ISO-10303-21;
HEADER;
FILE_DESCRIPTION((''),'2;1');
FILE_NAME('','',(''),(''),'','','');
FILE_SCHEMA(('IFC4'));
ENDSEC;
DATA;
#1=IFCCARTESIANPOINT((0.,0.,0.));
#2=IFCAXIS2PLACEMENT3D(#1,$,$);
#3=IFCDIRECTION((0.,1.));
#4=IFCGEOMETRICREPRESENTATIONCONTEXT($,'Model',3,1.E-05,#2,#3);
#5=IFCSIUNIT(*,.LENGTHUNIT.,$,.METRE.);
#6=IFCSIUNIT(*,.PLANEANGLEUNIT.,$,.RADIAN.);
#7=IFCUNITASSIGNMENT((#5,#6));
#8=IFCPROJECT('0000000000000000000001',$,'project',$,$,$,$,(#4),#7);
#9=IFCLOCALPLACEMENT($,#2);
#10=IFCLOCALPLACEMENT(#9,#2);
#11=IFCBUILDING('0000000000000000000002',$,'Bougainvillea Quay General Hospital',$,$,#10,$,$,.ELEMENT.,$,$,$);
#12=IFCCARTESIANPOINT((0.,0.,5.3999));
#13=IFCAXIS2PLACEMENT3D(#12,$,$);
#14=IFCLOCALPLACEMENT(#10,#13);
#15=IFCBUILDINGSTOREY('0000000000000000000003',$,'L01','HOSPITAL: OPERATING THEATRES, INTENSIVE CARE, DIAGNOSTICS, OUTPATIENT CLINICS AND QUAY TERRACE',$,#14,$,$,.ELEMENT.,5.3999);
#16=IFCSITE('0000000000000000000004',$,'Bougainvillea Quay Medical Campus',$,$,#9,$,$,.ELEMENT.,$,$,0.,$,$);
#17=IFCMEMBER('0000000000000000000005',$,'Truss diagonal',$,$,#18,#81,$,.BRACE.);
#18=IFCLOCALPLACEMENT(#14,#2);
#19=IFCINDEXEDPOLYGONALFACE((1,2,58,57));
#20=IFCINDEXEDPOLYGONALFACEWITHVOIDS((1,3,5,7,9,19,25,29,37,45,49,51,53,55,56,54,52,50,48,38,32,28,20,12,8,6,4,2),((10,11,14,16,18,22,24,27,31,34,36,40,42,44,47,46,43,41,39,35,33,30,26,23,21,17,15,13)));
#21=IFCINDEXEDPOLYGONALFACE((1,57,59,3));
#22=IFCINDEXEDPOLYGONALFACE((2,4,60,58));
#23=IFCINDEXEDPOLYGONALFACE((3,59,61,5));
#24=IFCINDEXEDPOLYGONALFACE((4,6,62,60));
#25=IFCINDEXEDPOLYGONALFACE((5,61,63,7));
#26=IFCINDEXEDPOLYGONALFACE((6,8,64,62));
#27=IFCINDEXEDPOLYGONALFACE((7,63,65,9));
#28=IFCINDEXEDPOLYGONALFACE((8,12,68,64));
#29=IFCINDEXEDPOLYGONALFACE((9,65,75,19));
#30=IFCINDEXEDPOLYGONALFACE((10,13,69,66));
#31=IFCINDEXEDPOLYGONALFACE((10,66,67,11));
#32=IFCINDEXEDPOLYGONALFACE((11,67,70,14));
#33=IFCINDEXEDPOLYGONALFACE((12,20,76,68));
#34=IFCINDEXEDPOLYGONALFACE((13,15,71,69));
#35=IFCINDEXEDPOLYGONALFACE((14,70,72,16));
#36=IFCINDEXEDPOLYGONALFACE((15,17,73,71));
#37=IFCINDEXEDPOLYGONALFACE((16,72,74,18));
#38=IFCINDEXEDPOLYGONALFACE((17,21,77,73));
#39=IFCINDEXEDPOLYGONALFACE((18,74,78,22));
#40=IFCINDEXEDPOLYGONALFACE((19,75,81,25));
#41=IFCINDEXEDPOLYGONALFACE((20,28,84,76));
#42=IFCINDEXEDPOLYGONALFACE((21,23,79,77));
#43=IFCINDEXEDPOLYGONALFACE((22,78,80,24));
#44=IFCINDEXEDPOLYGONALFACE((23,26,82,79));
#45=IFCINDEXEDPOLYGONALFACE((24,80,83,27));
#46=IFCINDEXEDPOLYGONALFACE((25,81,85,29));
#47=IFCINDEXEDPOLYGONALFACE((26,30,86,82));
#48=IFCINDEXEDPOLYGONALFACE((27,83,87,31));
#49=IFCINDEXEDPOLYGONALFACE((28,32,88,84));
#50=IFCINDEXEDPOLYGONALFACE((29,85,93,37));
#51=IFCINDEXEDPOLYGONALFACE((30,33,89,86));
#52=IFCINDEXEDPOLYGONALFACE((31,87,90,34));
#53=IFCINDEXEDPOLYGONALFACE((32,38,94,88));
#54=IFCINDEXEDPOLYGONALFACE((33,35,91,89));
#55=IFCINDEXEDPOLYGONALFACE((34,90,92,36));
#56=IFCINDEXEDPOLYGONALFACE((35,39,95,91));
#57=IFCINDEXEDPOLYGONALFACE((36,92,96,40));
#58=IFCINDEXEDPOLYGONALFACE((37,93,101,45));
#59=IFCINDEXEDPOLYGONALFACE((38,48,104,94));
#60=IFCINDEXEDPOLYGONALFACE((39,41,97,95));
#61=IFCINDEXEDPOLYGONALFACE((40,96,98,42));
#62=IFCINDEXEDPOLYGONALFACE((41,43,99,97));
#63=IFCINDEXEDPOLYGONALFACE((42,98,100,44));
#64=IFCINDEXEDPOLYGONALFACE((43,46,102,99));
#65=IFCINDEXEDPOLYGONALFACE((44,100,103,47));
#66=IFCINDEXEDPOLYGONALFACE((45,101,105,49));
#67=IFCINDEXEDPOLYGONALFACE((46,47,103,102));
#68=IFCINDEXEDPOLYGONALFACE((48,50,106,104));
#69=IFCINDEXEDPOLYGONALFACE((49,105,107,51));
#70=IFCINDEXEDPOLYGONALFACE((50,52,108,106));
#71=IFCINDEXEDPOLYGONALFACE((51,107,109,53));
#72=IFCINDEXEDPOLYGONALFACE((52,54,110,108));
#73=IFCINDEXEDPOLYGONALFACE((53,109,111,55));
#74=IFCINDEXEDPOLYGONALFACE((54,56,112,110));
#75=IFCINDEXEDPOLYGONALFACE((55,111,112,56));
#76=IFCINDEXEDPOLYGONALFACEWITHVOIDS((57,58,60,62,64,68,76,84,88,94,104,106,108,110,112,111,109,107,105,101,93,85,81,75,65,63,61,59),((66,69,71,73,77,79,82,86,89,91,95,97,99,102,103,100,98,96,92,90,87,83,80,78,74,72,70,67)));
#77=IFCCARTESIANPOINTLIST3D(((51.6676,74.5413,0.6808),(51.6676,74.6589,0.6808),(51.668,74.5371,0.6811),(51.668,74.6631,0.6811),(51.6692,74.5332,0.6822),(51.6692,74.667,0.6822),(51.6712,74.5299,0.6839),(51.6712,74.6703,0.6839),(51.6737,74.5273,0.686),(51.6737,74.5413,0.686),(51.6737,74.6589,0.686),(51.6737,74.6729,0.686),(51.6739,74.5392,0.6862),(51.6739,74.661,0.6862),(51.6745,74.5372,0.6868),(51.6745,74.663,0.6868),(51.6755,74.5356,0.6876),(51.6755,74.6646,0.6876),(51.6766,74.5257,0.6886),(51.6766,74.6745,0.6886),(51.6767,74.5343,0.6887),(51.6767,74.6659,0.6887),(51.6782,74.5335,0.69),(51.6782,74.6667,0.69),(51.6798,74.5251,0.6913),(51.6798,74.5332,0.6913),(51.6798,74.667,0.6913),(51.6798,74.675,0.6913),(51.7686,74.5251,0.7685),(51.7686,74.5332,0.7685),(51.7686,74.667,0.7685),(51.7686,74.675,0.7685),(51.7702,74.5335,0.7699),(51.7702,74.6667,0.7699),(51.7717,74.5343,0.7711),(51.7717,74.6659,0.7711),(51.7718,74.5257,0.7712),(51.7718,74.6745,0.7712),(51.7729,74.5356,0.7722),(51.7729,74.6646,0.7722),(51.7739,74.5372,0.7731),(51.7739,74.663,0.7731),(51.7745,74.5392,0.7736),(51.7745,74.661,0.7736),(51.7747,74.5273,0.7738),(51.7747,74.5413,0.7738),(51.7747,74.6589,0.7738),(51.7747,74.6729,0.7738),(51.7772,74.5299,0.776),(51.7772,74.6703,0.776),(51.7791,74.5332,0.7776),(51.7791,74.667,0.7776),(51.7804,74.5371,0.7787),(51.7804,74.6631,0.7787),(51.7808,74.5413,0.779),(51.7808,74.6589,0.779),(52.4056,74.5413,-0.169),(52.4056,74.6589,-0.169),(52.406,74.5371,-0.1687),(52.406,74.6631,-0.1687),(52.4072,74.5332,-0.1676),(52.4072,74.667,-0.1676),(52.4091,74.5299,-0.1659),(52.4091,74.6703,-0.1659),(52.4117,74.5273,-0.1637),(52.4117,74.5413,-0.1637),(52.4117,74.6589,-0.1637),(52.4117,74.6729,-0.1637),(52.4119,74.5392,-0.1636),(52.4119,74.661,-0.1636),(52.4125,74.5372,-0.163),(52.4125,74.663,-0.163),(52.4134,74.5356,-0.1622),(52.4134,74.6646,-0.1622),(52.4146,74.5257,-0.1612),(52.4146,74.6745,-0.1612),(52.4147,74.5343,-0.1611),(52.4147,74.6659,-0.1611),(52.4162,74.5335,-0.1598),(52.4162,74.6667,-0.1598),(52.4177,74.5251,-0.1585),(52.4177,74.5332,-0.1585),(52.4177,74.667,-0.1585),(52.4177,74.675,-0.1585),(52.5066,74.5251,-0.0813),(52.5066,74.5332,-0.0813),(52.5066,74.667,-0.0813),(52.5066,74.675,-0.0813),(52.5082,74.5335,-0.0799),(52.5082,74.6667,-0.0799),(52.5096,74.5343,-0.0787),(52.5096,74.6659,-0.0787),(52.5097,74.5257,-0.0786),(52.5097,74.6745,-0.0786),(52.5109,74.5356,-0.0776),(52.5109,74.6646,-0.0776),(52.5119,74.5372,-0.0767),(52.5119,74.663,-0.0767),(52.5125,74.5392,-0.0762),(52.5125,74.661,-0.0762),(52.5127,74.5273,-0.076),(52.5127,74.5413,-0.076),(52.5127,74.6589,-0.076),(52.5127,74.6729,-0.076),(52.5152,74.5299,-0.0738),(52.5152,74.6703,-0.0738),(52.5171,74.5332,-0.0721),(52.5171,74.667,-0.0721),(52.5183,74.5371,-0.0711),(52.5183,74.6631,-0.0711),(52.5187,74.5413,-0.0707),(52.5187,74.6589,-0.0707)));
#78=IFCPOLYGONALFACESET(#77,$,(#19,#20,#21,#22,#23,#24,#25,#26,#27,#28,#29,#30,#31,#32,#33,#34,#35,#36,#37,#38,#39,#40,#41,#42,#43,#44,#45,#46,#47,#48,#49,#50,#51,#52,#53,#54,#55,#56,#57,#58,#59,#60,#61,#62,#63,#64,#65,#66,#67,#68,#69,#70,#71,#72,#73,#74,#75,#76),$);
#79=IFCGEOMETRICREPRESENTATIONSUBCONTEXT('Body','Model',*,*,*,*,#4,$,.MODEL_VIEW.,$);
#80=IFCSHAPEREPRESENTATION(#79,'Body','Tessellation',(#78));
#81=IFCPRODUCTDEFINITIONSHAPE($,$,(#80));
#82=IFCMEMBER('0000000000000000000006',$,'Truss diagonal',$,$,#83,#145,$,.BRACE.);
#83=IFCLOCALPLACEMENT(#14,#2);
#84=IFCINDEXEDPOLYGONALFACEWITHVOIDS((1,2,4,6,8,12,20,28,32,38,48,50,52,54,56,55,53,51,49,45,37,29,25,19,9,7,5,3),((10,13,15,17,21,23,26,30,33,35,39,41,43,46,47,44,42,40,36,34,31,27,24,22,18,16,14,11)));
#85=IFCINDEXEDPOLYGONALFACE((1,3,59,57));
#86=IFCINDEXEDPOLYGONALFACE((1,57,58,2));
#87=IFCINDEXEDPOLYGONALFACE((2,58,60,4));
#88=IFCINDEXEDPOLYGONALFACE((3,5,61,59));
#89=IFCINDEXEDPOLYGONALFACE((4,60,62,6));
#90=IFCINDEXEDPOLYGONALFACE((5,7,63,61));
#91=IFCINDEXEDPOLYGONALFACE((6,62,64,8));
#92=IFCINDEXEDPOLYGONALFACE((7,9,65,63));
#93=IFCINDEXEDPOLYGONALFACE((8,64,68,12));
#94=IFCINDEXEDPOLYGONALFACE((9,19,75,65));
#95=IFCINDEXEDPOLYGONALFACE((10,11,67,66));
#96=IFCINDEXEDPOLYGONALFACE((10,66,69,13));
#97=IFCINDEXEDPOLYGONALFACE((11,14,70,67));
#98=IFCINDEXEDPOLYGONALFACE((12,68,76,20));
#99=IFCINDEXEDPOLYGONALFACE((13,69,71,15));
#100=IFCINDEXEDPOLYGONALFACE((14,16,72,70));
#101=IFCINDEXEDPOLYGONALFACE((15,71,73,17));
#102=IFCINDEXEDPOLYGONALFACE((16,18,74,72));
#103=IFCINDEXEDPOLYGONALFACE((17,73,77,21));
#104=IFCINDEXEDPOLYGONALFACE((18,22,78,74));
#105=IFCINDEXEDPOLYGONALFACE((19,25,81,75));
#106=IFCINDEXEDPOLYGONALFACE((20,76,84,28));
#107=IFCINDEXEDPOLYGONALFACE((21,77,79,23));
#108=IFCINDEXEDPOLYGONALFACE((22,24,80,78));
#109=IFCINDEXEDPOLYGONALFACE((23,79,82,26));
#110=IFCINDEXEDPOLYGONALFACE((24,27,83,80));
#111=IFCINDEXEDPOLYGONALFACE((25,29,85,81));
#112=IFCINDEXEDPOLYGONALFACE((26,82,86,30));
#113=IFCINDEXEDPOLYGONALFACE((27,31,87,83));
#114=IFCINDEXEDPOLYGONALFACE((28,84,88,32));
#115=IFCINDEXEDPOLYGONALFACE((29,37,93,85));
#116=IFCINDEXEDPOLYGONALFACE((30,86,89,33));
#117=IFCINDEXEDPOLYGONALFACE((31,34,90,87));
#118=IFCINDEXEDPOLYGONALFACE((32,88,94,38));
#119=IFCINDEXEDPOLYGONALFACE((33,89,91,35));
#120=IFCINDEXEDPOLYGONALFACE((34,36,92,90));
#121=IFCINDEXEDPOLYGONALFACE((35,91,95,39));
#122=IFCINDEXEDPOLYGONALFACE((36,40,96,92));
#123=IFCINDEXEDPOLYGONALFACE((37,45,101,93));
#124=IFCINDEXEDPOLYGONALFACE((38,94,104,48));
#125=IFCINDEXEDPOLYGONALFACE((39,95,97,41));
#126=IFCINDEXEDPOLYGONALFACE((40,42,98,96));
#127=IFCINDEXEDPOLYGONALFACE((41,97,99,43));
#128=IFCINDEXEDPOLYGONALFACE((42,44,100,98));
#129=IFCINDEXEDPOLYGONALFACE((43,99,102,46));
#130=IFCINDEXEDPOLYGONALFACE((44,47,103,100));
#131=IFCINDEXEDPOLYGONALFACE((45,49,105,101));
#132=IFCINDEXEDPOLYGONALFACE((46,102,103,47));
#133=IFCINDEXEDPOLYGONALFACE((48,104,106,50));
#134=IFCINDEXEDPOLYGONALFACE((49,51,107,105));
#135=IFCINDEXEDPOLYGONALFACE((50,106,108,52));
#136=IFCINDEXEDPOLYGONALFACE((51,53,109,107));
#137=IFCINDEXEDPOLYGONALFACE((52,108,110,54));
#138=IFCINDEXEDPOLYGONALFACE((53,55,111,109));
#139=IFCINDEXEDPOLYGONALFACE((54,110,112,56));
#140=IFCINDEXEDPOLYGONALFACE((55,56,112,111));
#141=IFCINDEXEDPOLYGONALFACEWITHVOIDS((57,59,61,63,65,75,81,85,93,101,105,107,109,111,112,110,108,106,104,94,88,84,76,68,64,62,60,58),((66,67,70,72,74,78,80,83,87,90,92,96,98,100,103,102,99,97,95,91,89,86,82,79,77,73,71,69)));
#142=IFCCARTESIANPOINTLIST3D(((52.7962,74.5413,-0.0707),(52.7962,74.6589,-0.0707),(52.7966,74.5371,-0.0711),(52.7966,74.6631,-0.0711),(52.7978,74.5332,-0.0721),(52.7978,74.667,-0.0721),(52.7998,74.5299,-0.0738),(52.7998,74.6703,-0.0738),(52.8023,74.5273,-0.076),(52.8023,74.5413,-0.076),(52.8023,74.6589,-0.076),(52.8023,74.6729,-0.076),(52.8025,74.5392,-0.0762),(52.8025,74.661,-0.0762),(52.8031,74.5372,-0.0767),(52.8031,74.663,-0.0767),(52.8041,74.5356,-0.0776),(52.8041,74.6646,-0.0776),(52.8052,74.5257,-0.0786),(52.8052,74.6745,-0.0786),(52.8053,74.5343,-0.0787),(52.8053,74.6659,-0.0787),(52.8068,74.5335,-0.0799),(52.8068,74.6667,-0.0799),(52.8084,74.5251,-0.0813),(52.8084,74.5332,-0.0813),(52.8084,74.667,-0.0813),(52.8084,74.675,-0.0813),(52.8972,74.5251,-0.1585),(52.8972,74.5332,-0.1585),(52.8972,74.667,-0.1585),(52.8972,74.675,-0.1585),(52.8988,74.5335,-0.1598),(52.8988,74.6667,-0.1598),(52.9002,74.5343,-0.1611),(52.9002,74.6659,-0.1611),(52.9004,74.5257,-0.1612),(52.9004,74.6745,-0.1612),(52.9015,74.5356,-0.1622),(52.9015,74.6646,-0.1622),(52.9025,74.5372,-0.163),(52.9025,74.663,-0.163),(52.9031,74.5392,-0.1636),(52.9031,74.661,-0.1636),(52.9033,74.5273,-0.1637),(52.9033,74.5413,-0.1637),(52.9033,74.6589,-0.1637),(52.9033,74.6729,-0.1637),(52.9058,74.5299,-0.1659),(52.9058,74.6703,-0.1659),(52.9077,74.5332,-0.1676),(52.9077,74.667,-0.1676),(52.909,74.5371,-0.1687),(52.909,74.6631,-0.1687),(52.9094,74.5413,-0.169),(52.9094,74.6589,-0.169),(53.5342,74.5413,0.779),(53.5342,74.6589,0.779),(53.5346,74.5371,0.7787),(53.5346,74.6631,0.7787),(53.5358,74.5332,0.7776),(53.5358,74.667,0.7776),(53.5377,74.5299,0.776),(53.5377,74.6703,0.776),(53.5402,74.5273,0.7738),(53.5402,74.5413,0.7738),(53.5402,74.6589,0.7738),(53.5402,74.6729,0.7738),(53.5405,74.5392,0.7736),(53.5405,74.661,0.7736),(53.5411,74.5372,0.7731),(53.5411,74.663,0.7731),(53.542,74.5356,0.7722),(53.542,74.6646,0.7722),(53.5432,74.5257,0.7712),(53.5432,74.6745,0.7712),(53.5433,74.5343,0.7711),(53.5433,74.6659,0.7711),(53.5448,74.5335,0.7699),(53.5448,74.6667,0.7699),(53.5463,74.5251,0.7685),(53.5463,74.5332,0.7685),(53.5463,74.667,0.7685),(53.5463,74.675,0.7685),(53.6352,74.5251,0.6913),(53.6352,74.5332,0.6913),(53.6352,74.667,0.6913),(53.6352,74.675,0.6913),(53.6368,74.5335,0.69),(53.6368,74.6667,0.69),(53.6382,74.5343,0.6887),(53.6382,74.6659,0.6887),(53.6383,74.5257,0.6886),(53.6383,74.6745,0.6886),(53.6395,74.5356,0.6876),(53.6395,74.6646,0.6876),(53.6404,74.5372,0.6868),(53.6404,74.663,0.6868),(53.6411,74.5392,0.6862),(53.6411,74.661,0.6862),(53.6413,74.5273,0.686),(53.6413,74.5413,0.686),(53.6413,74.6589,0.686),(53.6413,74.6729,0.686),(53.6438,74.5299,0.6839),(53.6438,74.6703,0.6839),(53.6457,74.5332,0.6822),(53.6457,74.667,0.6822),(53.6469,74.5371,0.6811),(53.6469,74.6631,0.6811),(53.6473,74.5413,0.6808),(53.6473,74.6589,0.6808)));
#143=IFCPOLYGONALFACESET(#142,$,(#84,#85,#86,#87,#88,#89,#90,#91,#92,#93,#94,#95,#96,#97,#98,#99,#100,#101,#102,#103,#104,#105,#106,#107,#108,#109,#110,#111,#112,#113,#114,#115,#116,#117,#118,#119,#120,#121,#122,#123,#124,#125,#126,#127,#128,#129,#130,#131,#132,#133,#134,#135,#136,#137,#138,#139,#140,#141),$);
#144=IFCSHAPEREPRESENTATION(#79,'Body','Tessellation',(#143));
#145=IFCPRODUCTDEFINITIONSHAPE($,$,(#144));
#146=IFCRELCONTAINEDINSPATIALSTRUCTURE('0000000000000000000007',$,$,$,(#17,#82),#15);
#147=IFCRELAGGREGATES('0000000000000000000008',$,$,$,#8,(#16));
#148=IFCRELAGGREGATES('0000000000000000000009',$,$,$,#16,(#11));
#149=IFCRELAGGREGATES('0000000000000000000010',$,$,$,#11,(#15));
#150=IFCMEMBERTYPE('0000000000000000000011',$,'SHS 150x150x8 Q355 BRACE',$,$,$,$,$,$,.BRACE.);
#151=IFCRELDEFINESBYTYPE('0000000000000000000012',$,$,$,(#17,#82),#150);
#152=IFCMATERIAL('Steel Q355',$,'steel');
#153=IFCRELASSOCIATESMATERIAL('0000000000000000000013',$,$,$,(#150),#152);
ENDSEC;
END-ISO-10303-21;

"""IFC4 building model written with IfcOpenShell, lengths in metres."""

from ifc_helpers import new_model, si_unit, direction, frame, origin, origin_2d, place, context, subcontext, project, spatial, hollow_rectangle, extrude, material, material_profile, profile_set, type_object, element, save


model = new_model("IFC4")

# Units and contexts
model_context = context("Model", 3, precision=1e-05, world=origin(), true_north=direction((0.0, 1.0)))
body_context = subcontext(model_context, "Body", "Model", "MODEL_VIEW")
ifc_project = project(units=[si_unit("LENGTHUNIT", "METRE"), si_unit("PLANEANGLEUNIT", "RADIAN")], contexts=[model_context])

# Site, building, storey
site_placement = place(None, origin())
site = spatial("IfcSite", under=ifc_project, at=site_placement, Name="Bougainvillea Quay Medical Campus", CompositionType="ELEMENT", RefElevation=0.0)
building_placement = place(site_placement, origin())
building = spatial("IfcBuilding", under=site, at=building_placement, Name="Bougainvillea Quay General Hospital", CompositionType="ELEMENT")
storey_placement = place(building_placement, frame((0.0, 0.0, 5.3999)))
storey = spatial("IfcBuildingStorey", under=building, at=storey_placement, Name="L01", Description="HOSPITAL: OPERATING THEATRES, INTENSIVE CARE, DIAGNOSTICS, OUTPATIENT CLINICS AND QUAY TERRACE", CompositionType="ELEMENT", Elevation=5.3999)

# Members
ifc_material_1 = material(Name="Steel Q355", Category="steel")
ifc_material_profile_1 = material_profile(ifc_material_1, hollow_rectangle(XDim=0.1499, YDim=0.1499, WallThickness=0.0081, InnerFilletRadius=0.0081, OuterFilletRadius=0.0161, at=origin_2d()))
ifc_profile_set_1 = profile_set([ifc_material_profile_1], Name="Steel Q355")
member_type_1 = type_object("IfcMemberType", Name="SHS 150x150x8 Q355 BRACE", PredefinedType="BRACE", material=ifc_profile_set_1)
for number, where, z_axis, x_axis, name in (
    (1, (52.4622, 74.6001, -0.1199), (-0.65569, 0.0, 0.75503), (0.0, -1.0, 0.0), "Truss diagonal"),
    (2, (52.8528, 74.6001, -0.1199), (0.65569, 0.0, 0.75503), (0.0, 1.0, 0.0), "Truss diagonal"),
):
    element("IfcMember", number, at=place(storey_placement, frame(where, z_axis=z_axis, x_axis=x_axis)), inside=storey, type_object=member_type_1, Name=name, PredefinedType="BRACE", context=body_context, shape_type="SweptSolid", body=[
        extrude(hollow_rectangle(XDim=0.1499, YDim=0.1499, WallThickness=0.0081, InnerFilletRadius=0.0081, OuterFilletRadius=0.0161, at=origin_2d()), origin(), (0.0, 0.0, 1.0), 1.1255),
    ])

save(model, "model.ifc")
